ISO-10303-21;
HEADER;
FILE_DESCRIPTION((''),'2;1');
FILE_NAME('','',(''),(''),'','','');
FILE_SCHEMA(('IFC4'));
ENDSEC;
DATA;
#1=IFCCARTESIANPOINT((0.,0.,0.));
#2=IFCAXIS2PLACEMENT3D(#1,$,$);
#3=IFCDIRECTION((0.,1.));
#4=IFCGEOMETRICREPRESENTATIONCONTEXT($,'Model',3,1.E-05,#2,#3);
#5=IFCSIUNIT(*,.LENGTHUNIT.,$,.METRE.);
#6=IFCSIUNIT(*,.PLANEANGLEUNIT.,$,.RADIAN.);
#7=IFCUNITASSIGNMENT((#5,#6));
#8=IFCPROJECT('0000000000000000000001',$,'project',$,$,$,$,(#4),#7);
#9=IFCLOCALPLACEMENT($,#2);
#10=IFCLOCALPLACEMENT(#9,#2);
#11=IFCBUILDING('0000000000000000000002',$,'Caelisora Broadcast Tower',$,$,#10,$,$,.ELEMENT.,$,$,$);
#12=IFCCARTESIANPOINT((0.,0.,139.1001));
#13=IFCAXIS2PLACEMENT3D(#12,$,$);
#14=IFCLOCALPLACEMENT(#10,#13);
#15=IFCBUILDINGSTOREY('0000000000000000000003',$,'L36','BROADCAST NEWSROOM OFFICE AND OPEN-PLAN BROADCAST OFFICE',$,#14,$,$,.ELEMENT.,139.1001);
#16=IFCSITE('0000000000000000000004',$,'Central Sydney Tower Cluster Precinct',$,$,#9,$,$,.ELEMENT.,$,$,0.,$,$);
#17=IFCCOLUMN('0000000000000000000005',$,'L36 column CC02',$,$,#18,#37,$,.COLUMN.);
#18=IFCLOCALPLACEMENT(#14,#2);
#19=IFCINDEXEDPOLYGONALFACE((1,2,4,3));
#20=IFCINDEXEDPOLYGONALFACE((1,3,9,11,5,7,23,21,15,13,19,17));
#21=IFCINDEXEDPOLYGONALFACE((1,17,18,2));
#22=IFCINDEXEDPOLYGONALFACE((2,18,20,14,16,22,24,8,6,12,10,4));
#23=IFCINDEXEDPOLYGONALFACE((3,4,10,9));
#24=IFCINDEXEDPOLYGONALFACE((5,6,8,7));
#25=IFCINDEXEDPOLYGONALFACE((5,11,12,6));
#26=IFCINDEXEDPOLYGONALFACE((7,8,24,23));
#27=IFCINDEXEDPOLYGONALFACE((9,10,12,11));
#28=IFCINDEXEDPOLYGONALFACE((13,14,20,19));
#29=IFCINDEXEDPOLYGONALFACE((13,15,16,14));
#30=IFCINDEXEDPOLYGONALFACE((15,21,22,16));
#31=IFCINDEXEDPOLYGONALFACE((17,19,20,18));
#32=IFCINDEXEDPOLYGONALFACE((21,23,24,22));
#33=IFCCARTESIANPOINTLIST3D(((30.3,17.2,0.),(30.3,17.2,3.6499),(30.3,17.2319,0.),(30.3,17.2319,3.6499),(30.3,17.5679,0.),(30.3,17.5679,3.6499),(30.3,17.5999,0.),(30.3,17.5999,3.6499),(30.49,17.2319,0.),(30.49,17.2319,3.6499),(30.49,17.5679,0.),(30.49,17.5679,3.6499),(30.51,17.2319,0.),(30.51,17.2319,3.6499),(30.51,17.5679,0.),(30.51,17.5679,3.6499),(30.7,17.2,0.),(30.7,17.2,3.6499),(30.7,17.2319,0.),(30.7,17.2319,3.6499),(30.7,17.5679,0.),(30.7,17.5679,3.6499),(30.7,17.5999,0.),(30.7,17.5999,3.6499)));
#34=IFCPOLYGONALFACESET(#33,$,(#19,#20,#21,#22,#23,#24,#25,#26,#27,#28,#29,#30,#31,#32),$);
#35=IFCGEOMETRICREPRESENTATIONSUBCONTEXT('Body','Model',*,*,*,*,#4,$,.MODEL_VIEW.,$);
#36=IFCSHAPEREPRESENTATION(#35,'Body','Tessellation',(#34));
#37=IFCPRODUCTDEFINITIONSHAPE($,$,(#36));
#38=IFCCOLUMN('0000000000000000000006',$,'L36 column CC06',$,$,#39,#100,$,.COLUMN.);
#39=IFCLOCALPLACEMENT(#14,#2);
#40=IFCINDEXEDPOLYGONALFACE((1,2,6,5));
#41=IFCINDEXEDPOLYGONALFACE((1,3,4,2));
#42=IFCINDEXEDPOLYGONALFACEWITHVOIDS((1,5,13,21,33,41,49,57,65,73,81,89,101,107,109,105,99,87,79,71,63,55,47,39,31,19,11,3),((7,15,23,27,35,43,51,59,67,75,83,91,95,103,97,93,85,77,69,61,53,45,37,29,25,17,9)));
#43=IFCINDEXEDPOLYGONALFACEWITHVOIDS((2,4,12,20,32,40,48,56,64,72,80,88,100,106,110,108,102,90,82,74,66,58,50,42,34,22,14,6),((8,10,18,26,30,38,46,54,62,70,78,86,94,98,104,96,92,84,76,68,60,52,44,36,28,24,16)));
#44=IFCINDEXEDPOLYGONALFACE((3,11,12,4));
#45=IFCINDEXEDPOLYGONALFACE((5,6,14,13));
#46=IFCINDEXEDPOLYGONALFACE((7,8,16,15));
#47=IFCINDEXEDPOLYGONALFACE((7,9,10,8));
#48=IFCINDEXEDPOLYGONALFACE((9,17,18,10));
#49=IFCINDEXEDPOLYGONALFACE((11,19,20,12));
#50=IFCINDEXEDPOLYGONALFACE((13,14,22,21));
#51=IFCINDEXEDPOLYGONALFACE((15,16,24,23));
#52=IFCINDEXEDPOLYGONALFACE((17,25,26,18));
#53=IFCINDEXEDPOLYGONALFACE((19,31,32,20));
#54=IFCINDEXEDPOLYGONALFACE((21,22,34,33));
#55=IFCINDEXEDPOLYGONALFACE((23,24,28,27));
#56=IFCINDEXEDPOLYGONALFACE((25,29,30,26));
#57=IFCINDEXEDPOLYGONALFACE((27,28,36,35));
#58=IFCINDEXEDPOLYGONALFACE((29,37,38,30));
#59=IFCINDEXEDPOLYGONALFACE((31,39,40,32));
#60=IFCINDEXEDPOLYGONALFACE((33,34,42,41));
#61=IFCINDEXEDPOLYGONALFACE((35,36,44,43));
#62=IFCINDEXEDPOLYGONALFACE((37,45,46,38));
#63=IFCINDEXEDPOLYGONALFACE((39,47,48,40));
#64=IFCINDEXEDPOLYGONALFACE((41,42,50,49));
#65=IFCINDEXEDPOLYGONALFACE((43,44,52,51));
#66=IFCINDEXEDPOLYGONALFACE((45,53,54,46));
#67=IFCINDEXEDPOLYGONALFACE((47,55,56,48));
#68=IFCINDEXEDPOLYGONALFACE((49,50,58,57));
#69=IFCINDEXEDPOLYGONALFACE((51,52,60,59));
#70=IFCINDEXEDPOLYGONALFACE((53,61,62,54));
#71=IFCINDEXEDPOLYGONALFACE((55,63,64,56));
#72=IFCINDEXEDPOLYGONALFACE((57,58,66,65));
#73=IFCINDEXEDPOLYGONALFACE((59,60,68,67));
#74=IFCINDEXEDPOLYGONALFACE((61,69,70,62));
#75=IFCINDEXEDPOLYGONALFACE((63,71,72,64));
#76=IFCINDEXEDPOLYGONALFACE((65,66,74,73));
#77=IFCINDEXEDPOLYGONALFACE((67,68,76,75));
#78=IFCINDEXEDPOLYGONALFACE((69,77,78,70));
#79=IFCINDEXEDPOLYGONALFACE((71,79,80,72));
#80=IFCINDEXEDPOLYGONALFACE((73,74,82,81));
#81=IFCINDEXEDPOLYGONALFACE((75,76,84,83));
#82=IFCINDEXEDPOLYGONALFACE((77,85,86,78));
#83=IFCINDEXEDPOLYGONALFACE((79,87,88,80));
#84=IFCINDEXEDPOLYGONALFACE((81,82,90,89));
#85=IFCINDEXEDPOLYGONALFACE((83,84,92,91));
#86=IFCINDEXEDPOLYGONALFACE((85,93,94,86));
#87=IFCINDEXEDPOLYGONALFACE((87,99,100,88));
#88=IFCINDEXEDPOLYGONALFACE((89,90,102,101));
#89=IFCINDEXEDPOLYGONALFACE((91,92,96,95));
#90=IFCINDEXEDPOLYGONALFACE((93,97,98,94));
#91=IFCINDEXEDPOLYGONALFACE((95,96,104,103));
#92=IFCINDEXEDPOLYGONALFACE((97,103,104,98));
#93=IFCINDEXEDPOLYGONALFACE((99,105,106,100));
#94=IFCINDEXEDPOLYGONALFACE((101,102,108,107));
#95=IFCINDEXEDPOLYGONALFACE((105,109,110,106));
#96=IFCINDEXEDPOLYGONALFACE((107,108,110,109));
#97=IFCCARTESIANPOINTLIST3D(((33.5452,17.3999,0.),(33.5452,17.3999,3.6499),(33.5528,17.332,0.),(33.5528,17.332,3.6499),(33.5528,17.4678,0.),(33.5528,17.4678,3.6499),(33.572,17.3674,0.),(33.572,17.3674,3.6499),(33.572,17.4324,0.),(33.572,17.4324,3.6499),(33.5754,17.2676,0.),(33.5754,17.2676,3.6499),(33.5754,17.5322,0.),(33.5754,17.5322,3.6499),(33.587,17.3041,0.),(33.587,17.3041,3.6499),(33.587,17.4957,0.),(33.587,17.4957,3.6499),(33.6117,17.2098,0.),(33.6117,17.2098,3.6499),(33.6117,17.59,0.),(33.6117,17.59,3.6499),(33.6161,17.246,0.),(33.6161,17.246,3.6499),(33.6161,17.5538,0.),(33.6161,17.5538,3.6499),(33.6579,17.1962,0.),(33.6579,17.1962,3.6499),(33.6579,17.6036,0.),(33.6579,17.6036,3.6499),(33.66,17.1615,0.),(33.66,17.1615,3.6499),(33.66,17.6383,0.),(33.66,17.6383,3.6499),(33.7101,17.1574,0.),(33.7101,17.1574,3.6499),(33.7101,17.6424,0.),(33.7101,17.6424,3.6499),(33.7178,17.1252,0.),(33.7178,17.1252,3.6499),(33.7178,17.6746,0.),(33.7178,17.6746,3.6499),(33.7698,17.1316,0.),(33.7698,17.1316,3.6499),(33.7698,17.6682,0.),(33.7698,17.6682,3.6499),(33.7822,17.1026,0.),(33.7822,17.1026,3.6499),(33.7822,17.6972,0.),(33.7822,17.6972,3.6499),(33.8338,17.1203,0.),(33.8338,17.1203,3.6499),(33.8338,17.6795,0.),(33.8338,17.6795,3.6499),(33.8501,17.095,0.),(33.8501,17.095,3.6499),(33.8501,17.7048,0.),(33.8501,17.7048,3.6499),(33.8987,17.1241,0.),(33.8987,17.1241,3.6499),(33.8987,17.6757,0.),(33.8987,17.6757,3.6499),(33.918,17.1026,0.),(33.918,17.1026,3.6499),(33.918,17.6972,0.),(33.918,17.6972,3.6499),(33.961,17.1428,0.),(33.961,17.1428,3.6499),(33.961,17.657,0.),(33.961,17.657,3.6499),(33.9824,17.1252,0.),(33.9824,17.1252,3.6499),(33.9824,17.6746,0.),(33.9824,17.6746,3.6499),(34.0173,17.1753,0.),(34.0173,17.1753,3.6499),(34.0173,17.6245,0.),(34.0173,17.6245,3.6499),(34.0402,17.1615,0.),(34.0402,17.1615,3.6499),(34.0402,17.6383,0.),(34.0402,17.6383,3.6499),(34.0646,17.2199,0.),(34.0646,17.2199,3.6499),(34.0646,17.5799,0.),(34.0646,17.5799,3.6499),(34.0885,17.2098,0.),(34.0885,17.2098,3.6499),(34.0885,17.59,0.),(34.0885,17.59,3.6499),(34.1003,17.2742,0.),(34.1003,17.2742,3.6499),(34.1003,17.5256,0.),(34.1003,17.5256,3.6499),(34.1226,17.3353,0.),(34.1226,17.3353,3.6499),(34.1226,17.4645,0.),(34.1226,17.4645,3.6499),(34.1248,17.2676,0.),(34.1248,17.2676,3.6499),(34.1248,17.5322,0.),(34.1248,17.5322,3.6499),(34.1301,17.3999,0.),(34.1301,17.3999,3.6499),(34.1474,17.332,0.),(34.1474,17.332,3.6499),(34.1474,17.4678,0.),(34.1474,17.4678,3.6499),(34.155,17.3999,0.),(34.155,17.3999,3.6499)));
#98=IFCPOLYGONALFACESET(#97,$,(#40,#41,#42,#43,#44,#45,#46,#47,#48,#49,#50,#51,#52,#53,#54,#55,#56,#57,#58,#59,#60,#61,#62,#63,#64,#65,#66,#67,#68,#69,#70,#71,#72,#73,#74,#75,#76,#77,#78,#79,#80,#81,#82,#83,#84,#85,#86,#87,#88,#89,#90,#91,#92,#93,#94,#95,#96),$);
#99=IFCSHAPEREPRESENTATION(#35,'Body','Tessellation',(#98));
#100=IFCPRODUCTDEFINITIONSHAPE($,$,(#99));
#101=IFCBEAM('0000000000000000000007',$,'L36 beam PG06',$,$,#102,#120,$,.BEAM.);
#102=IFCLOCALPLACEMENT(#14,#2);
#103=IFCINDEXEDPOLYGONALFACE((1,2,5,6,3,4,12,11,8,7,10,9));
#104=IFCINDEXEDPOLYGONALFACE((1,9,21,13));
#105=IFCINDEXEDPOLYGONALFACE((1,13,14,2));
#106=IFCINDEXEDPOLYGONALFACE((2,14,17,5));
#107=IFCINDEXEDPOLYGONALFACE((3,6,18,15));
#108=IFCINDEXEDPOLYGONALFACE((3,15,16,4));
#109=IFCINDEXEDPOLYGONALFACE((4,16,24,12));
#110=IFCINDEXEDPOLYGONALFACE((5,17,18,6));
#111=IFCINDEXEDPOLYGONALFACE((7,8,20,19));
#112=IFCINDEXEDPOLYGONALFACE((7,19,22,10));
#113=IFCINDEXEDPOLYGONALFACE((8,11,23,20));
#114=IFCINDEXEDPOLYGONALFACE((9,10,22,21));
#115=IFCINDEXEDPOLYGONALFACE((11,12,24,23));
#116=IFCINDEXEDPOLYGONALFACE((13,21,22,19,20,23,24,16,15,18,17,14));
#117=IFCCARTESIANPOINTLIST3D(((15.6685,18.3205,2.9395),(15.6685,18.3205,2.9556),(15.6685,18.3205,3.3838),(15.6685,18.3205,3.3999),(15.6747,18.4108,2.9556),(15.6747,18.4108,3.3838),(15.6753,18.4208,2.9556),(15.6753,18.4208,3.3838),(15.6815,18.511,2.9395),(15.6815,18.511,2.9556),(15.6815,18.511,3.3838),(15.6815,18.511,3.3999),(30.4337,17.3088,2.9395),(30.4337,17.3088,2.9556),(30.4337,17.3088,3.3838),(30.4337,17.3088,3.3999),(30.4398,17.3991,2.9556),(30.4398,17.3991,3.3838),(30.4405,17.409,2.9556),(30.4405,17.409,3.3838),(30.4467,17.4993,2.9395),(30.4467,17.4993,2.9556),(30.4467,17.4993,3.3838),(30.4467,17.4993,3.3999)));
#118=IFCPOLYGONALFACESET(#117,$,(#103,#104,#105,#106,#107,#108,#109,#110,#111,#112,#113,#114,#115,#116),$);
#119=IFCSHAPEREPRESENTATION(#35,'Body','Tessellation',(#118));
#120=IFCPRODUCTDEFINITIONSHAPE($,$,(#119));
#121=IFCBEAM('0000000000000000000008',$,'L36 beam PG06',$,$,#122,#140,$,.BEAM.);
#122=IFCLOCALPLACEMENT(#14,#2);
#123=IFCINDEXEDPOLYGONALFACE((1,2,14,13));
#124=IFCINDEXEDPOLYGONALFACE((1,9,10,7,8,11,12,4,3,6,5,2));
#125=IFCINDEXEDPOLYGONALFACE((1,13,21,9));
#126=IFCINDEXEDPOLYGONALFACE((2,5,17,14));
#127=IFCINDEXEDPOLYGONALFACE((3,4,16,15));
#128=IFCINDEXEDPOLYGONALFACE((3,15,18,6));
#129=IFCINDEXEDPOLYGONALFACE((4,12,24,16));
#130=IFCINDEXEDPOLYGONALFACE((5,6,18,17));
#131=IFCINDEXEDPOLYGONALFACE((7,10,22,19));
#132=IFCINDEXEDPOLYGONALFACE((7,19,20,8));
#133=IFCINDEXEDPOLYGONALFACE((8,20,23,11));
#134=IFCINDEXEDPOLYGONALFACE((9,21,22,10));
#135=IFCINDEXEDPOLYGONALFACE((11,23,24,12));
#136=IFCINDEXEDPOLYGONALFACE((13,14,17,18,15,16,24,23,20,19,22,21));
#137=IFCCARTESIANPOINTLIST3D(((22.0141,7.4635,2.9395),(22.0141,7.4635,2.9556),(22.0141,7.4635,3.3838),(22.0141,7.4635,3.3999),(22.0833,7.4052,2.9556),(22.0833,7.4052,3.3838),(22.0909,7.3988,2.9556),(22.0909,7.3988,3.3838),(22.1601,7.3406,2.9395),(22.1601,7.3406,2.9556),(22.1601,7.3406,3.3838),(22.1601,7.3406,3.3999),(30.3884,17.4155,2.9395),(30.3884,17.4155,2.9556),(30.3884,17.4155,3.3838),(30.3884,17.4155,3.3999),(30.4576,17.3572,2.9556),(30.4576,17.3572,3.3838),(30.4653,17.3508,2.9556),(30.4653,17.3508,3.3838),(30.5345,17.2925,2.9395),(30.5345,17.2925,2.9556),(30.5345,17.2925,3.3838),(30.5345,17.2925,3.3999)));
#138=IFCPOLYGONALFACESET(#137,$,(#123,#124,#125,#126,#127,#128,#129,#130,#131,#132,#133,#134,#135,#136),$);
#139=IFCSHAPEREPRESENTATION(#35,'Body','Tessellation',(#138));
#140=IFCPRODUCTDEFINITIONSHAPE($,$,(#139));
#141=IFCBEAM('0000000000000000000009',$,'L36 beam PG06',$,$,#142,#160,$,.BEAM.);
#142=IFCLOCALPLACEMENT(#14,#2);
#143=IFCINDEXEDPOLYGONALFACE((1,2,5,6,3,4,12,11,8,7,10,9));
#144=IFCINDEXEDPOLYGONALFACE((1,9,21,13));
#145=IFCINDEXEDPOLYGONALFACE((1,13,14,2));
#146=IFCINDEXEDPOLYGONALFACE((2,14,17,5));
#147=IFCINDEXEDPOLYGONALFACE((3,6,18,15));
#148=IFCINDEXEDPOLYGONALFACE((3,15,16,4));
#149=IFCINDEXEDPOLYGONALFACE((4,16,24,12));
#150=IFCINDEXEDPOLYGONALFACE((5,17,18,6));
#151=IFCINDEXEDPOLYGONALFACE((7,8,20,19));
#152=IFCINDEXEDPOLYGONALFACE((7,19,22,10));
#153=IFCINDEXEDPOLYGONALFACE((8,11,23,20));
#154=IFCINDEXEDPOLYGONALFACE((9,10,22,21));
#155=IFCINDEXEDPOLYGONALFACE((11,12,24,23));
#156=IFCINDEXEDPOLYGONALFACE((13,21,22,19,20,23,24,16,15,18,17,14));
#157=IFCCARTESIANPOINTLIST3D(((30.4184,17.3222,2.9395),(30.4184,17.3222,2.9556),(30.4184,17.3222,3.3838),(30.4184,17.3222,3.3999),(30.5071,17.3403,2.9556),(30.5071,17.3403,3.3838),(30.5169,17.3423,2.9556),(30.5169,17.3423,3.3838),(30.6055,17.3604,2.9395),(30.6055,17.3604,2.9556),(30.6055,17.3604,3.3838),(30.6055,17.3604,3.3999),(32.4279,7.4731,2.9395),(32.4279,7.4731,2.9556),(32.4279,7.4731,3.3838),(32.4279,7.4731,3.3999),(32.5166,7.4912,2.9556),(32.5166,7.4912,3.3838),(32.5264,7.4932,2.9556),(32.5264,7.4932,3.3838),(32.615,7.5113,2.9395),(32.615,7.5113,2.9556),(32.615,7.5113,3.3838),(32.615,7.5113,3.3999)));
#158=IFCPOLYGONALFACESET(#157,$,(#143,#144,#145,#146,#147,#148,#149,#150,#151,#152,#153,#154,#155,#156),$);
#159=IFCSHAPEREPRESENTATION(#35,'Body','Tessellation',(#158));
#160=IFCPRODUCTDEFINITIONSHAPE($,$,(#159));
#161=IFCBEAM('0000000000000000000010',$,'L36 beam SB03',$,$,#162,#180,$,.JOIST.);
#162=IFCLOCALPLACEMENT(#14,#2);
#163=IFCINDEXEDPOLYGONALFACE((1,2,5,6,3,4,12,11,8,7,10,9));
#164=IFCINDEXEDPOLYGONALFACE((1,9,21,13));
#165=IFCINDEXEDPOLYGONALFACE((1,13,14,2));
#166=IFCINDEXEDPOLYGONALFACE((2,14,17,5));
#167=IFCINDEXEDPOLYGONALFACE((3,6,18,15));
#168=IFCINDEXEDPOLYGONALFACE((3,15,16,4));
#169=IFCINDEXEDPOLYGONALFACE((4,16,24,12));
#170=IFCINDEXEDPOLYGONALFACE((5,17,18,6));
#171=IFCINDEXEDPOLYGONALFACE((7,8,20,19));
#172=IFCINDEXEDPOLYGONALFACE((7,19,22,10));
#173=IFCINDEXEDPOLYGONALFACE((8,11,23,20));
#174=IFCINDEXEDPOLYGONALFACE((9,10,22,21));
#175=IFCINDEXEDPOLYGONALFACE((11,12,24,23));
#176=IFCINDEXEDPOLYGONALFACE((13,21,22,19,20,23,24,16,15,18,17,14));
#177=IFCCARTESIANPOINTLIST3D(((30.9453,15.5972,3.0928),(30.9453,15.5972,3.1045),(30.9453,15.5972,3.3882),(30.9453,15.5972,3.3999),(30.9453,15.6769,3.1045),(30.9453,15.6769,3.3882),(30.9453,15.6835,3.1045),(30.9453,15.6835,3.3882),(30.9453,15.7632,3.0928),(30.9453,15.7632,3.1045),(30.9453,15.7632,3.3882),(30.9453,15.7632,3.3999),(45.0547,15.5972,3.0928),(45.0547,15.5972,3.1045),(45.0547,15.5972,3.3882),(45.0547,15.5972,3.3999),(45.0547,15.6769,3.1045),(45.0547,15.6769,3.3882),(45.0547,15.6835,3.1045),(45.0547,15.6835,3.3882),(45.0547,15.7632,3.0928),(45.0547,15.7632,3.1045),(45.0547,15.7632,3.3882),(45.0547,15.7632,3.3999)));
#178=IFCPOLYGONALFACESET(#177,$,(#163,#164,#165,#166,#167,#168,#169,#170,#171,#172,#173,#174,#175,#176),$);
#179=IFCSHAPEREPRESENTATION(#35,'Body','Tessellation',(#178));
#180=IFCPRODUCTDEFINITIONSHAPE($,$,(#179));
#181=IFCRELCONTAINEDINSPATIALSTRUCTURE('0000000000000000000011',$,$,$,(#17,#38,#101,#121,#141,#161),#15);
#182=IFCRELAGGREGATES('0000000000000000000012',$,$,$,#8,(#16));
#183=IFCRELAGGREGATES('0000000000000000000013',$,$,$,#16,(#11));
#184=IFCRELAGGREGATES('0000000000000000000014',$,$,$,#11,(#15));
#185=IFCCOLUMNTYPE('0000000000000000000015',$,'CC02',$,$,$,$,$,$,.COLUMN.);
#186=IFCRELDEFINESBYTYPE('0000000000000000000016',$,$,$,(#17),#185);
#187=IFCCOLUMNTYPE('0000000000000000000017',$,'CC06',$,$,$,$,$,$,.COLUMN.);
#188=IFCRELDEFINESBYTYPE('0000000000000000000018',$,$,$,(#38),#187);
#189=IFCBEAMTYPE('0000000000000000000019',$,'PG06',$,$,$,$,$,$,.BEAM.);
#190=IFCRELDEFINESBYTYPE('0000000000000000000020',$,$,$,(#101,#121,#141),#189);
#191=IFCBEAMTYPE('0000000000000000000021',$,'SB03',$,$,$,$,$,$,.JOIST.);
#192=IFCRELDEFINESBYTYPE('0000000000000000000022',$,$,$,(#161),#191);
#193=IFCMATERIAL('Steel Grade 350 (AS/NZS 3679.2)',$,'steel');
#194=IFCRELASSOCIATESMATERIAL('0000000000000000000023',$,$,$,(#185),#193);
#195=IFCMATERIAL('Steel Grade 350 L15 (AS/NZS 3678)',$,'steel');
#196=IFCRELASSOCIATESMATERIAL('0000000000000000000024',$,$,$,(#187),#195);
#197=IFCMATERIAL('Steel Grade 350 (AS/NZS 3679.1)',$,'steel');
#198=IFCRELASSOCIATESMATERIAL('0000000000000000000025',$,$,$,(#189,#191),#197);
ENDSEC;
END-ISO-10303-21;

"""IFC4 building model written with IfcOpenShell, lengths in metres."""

from ifc_helpers import new_model, si_unit, direction, frame, origin, origin_2d, place, context, subcontext, project, spatial, hollow_circle, i_section, extrude, source, transform, mapped, material, material_profile, profile_set, type_object, type_shapes, element, save


model = new_model("IFC4")

# Units and contexts
model_context = context("Model", 3, precision=1e-05, world=origin(), true_north=direction((0.0, 1.0)))
body_context = subcontext(model_context, "Body", "Model", "MODEL_VIEW")
ifc_project = project(units=[si_unit("LENGTHUNIT", "METRE"), si_unit("PLANEANGLEUNIT", "RADIAN")], contexts=[model_context])

# Site, building, storey
site_placement = place(None, origin())
site = spatial("IfcSite", under=ifc_project, at=site_placement, Name="Central Sydney Tower Cluster Precinct", CompositionType="ELEMENT", RefElevation=0.0)
building_placement = place(site_placement, origin())
building = spatial("IfcBuilding", under=site, at=building_placement, Name="Caelisora Broadcast Tower", CompositionType="ELEMENT")
storey_placement = place(building_placement, frame((0.0, 0.0, 139.1001)))
storey = spatial("IfcBuildingStorey", under=building, at=storey_placement, Name="L36", Description="BROADCAST NEWSROOM OFFICE AND OPEN-PLAN BROADCAST OFFICE", CompositionType="ELEMENT", Elevation=139.1001)

# Columns
ifc_material_1 = material(Name="Steel Grade 350 (AS/NZS 3679.2)", Category="steel")
ifc_material_profile_1 = material_profile(ifc_material_1, i_section(OverallWidth=0.3999, OverallDepth=0.3999, WebThickness=0.02, FlangeThickness=0.032, at=origin_2d()), Name="Steel Grade 350 (AS/NZS 3679.2)")
ifc_profile_set_1 = profile_set([ifc_material_profile_1], Name="Steel Grade 350 (AS/NZS 3679.2)")
column_type_1 = type_object("IfcColumnType", Name="CC02", PredefinedType="COLUMN", material=ifc_profile_set_1)
shared_shape_1 = source(origin(), body_context, "Body", "SweptSolid", [
    extrude(i_section(OverallWidth=0.3999, OverallDepth=0.3999, WebThickness=0.02, FlangeThickness=0.032, at=origin_2d()), origin(), (0.0, 0.0, 1.0), 3.6499),
])
type_shapes(column_type_1, [shared_shape_1])
column_1_placement = place(storey_placement, frame((30.5, 17.3999, 0.0), z_axis=(0.0, 0.0, 1.0), x_axis=(1.0, 0.0, 0.0)))
element("IfcColumn", 1, at=column_1_placement, inside=storey, type_object=column_type_1, Name="L36 column CC02", PredefinedType="COLUMN", context=body_context, shape_type="MappedRepresentation", body=[
    mapped(shared_shape_1, transform((0.0, 0.0, 0.0), scale=1.0)),
])
ifc_material_2 = material(Name="Steel Grade 350 L15 (AS/NZS 3678)", Category="steel")
ifc_material_profile_2 = material_profile(ifc_material_2, hollow_circle(Radius=0.3049, WallThickness=0.0249, at=origin_2d()), Name="Steel Grade 350 L15 (AS/NZS 3678)")
ifc_profile_set_2 = profile_set([ifc_material_profile_2], Name="Steel Grade 350 L15 (AS/NZS 3678)")
column_type_2 = type_object("IfcColumnType", Name="CC06", PredefinedType="COLUMN", material=ifc_profile_set_2)
shared_shape_2 = source(origin(), body_context, "Body", "SweptSolid", [
    extrude(hollow_circle(Radius=0.3049, WallThickness=0.0249, at=origin_2d()), origin(), (0.0, 0.0, 1.0), 3.6499),
])
type_shapes(column_type_2, [shared_shape_2])
column_2_placement = place(storey_placement, frame((33.8501, 17.3999, 0.0), z_axis=(0.0, 0.0, 1.0), x_axis=(1.0, 0.0, 0.0)))
element("IfcColumn", 2, at=column_2_placement, inside=storey, type_object=column_type_2, Name="L36 column CC06", PredefinedType="COLUMN", context=body_context, shape_type="MappedRepresentation", body=[
    mapped(shared_shape_2, transform((0.0, 0.0, 0.0), scale=1.0)),
])

# Beams
ifc_material_3 = material(Name="Steel Grade 350 (AS/NZS 3679.1)", Category="steel")
ifc_material_profile_3 = material_profile(ifc_material_3, i_section(OverallWidth=0.1909, OverallDepth=0.4604, WebThickness=0.01, FlangeThickness=0.0161, at=origin_2d()), Name="Steel Grade 350 (AS/NZS 3679.1)")
ifc_profile_set_3 = profile_set([ifc_material_profile_3], Name="Steel Grade 350 (AS/NZS 3679.1)")
beam_type_1 = type_object("IfcBeamType", Name="PG06", PredefinedType="BEAM", material=ifc_profile_set_3)
shared_shape_3 = source(origin(), body_context, "Body", "SweptSolid", [
    extrude(i_section(OverallWidth=0.1909, OverallDepth=0.4604, WebThickness=0.01, FlangeThickness=0.0161, at=origin_2d()), origin(), (0.0, 0.0, 1.0), 14.7998),
])
beam_1_placement = place(storey_placement, frame((30.4402, 17.4041, 3.1697), z_axis=(-0.997661, 0.06836, 0.0), x_axis=(-0.06836, -0.997661, 0.0)))
element("IfcBeam", 3, at=beam_1_placement, inside=storey, type_object=beam_type_1, Name="L36 beam PG06", PredefinedType="BEAM", context=body_context, shape_type="MappedRepresentation", body=[
    mapped(shared_shape_3, transform((0.0, 0.0, 0.0), scale=1.0)),
])
shared_shape_4 = source(origin(), body_context, "Body", "SweptSolid", [
    extrude(i_section(OverallWidth=0.1909, OverallDepth=0.4604, WebThickness=0.01, FlangeThickness=0.0161, at=origin_2d()), origin(), (0.0, 0.0, 1.0), 13.0066),
])
beam_2_placement = place(storey_placement, frame((30.4614, 17.354, 3.1697), z_axis=(-0.643853, -0.765149, 0.0), x_axis=(0.765149, -0.643853, 0.0)))
element("IfcBeam", 4, at=beam_2_placement, inside=storey, type_object=beam_type_1, Name="L36 beam PG06", PredefinedType="BEAM", context=body_context, shape_type="MappedRepresentation", body=[
    mapped(shared_shape_4, transform((0.0, 0.0, 0.0), scale=1.0)),
])
shared_shape_5 = source(origin(), body_context, "Body", "SweptSolid", [
    extrude(i_section(OverallWidth=0.1909, OverallDepth=0.4604, WebThickness=0.01, FlangeThickness=0.0161, at=origin_2d()), origin(), (0.0, 0.0, 1.0), 10.052),
])
type_shapes(beam_type_1, [shared_shape_3, shared_shape_4, shared_shape_5])
beam_3_placement = place(storey_placement, frame((30.512, 17.3413, 3.1697), z_axis=(0.199912, -0.979814, 0.0), x_axis=(0.979814, 0.199912, 0.0)))
element("IfcBeam", 5, at=beam_3_placement, inside=storey, type_object=beam_type_1, Name="L36 beam PG06", PredefinedType="BEAM", context=body_context, shape_type="MappedRepresentation", body=[
    mapped(shared_shape_5, transform((0.0, 0.0, 0.0), scale=1.0)),
])
ifc_material_profile_4 = material_profile(ifc_material_3, i_section(OverallWidth=0.166, OverallDepth=0.3071, WebThickness=0.0066, FlangeThickness=0.0117, at=origin_2d()), Name="Steel Grade 350 (AS/NZS 3679.1)")
ifc_profile_set_4 = profile_set([ifc_material_profile_4], Name="Steel Grade 350 (AS/NZS 3679.1)")
beam_type_2 = type_object("IfcBeamType", Name="SB03", PredefinedType="JOIST", material=ifc_profile_set_4)
shared_shape_6 = source(origin(), body_context, "Body", "SweptSolid", [
    extrude(i_section(OverallWidth=0.166, OverallDepth=0.3071, WebThickness=0.0066, FlangeThickness=0.0117, at=origin_2d()), origin(), (0.0, 0.0, 1.0), 14.1094),
])
type_shapes(beam_type_2, [shared_shape_6])
beam_4_placement = place(storey_placement, frame((30.9453, 15.6802, 3.2463), z_axis=(1.0, 0.0, 0.0), x_axis=(0.0, 1.0, 0.0)))
element("IfcBeam", 6, at=beam_4_placement, inside=storey, type_object=beam_type_2, Name="L36 beam SB03", PredefinedType="JOIST", context=body_context, shape_type="MappedRepresentation", body=[
    mapped(shared_shape_6, transform((0.0, 0.0, 0.0), scale=1.0)),
])

save(model, "model.ifc")
